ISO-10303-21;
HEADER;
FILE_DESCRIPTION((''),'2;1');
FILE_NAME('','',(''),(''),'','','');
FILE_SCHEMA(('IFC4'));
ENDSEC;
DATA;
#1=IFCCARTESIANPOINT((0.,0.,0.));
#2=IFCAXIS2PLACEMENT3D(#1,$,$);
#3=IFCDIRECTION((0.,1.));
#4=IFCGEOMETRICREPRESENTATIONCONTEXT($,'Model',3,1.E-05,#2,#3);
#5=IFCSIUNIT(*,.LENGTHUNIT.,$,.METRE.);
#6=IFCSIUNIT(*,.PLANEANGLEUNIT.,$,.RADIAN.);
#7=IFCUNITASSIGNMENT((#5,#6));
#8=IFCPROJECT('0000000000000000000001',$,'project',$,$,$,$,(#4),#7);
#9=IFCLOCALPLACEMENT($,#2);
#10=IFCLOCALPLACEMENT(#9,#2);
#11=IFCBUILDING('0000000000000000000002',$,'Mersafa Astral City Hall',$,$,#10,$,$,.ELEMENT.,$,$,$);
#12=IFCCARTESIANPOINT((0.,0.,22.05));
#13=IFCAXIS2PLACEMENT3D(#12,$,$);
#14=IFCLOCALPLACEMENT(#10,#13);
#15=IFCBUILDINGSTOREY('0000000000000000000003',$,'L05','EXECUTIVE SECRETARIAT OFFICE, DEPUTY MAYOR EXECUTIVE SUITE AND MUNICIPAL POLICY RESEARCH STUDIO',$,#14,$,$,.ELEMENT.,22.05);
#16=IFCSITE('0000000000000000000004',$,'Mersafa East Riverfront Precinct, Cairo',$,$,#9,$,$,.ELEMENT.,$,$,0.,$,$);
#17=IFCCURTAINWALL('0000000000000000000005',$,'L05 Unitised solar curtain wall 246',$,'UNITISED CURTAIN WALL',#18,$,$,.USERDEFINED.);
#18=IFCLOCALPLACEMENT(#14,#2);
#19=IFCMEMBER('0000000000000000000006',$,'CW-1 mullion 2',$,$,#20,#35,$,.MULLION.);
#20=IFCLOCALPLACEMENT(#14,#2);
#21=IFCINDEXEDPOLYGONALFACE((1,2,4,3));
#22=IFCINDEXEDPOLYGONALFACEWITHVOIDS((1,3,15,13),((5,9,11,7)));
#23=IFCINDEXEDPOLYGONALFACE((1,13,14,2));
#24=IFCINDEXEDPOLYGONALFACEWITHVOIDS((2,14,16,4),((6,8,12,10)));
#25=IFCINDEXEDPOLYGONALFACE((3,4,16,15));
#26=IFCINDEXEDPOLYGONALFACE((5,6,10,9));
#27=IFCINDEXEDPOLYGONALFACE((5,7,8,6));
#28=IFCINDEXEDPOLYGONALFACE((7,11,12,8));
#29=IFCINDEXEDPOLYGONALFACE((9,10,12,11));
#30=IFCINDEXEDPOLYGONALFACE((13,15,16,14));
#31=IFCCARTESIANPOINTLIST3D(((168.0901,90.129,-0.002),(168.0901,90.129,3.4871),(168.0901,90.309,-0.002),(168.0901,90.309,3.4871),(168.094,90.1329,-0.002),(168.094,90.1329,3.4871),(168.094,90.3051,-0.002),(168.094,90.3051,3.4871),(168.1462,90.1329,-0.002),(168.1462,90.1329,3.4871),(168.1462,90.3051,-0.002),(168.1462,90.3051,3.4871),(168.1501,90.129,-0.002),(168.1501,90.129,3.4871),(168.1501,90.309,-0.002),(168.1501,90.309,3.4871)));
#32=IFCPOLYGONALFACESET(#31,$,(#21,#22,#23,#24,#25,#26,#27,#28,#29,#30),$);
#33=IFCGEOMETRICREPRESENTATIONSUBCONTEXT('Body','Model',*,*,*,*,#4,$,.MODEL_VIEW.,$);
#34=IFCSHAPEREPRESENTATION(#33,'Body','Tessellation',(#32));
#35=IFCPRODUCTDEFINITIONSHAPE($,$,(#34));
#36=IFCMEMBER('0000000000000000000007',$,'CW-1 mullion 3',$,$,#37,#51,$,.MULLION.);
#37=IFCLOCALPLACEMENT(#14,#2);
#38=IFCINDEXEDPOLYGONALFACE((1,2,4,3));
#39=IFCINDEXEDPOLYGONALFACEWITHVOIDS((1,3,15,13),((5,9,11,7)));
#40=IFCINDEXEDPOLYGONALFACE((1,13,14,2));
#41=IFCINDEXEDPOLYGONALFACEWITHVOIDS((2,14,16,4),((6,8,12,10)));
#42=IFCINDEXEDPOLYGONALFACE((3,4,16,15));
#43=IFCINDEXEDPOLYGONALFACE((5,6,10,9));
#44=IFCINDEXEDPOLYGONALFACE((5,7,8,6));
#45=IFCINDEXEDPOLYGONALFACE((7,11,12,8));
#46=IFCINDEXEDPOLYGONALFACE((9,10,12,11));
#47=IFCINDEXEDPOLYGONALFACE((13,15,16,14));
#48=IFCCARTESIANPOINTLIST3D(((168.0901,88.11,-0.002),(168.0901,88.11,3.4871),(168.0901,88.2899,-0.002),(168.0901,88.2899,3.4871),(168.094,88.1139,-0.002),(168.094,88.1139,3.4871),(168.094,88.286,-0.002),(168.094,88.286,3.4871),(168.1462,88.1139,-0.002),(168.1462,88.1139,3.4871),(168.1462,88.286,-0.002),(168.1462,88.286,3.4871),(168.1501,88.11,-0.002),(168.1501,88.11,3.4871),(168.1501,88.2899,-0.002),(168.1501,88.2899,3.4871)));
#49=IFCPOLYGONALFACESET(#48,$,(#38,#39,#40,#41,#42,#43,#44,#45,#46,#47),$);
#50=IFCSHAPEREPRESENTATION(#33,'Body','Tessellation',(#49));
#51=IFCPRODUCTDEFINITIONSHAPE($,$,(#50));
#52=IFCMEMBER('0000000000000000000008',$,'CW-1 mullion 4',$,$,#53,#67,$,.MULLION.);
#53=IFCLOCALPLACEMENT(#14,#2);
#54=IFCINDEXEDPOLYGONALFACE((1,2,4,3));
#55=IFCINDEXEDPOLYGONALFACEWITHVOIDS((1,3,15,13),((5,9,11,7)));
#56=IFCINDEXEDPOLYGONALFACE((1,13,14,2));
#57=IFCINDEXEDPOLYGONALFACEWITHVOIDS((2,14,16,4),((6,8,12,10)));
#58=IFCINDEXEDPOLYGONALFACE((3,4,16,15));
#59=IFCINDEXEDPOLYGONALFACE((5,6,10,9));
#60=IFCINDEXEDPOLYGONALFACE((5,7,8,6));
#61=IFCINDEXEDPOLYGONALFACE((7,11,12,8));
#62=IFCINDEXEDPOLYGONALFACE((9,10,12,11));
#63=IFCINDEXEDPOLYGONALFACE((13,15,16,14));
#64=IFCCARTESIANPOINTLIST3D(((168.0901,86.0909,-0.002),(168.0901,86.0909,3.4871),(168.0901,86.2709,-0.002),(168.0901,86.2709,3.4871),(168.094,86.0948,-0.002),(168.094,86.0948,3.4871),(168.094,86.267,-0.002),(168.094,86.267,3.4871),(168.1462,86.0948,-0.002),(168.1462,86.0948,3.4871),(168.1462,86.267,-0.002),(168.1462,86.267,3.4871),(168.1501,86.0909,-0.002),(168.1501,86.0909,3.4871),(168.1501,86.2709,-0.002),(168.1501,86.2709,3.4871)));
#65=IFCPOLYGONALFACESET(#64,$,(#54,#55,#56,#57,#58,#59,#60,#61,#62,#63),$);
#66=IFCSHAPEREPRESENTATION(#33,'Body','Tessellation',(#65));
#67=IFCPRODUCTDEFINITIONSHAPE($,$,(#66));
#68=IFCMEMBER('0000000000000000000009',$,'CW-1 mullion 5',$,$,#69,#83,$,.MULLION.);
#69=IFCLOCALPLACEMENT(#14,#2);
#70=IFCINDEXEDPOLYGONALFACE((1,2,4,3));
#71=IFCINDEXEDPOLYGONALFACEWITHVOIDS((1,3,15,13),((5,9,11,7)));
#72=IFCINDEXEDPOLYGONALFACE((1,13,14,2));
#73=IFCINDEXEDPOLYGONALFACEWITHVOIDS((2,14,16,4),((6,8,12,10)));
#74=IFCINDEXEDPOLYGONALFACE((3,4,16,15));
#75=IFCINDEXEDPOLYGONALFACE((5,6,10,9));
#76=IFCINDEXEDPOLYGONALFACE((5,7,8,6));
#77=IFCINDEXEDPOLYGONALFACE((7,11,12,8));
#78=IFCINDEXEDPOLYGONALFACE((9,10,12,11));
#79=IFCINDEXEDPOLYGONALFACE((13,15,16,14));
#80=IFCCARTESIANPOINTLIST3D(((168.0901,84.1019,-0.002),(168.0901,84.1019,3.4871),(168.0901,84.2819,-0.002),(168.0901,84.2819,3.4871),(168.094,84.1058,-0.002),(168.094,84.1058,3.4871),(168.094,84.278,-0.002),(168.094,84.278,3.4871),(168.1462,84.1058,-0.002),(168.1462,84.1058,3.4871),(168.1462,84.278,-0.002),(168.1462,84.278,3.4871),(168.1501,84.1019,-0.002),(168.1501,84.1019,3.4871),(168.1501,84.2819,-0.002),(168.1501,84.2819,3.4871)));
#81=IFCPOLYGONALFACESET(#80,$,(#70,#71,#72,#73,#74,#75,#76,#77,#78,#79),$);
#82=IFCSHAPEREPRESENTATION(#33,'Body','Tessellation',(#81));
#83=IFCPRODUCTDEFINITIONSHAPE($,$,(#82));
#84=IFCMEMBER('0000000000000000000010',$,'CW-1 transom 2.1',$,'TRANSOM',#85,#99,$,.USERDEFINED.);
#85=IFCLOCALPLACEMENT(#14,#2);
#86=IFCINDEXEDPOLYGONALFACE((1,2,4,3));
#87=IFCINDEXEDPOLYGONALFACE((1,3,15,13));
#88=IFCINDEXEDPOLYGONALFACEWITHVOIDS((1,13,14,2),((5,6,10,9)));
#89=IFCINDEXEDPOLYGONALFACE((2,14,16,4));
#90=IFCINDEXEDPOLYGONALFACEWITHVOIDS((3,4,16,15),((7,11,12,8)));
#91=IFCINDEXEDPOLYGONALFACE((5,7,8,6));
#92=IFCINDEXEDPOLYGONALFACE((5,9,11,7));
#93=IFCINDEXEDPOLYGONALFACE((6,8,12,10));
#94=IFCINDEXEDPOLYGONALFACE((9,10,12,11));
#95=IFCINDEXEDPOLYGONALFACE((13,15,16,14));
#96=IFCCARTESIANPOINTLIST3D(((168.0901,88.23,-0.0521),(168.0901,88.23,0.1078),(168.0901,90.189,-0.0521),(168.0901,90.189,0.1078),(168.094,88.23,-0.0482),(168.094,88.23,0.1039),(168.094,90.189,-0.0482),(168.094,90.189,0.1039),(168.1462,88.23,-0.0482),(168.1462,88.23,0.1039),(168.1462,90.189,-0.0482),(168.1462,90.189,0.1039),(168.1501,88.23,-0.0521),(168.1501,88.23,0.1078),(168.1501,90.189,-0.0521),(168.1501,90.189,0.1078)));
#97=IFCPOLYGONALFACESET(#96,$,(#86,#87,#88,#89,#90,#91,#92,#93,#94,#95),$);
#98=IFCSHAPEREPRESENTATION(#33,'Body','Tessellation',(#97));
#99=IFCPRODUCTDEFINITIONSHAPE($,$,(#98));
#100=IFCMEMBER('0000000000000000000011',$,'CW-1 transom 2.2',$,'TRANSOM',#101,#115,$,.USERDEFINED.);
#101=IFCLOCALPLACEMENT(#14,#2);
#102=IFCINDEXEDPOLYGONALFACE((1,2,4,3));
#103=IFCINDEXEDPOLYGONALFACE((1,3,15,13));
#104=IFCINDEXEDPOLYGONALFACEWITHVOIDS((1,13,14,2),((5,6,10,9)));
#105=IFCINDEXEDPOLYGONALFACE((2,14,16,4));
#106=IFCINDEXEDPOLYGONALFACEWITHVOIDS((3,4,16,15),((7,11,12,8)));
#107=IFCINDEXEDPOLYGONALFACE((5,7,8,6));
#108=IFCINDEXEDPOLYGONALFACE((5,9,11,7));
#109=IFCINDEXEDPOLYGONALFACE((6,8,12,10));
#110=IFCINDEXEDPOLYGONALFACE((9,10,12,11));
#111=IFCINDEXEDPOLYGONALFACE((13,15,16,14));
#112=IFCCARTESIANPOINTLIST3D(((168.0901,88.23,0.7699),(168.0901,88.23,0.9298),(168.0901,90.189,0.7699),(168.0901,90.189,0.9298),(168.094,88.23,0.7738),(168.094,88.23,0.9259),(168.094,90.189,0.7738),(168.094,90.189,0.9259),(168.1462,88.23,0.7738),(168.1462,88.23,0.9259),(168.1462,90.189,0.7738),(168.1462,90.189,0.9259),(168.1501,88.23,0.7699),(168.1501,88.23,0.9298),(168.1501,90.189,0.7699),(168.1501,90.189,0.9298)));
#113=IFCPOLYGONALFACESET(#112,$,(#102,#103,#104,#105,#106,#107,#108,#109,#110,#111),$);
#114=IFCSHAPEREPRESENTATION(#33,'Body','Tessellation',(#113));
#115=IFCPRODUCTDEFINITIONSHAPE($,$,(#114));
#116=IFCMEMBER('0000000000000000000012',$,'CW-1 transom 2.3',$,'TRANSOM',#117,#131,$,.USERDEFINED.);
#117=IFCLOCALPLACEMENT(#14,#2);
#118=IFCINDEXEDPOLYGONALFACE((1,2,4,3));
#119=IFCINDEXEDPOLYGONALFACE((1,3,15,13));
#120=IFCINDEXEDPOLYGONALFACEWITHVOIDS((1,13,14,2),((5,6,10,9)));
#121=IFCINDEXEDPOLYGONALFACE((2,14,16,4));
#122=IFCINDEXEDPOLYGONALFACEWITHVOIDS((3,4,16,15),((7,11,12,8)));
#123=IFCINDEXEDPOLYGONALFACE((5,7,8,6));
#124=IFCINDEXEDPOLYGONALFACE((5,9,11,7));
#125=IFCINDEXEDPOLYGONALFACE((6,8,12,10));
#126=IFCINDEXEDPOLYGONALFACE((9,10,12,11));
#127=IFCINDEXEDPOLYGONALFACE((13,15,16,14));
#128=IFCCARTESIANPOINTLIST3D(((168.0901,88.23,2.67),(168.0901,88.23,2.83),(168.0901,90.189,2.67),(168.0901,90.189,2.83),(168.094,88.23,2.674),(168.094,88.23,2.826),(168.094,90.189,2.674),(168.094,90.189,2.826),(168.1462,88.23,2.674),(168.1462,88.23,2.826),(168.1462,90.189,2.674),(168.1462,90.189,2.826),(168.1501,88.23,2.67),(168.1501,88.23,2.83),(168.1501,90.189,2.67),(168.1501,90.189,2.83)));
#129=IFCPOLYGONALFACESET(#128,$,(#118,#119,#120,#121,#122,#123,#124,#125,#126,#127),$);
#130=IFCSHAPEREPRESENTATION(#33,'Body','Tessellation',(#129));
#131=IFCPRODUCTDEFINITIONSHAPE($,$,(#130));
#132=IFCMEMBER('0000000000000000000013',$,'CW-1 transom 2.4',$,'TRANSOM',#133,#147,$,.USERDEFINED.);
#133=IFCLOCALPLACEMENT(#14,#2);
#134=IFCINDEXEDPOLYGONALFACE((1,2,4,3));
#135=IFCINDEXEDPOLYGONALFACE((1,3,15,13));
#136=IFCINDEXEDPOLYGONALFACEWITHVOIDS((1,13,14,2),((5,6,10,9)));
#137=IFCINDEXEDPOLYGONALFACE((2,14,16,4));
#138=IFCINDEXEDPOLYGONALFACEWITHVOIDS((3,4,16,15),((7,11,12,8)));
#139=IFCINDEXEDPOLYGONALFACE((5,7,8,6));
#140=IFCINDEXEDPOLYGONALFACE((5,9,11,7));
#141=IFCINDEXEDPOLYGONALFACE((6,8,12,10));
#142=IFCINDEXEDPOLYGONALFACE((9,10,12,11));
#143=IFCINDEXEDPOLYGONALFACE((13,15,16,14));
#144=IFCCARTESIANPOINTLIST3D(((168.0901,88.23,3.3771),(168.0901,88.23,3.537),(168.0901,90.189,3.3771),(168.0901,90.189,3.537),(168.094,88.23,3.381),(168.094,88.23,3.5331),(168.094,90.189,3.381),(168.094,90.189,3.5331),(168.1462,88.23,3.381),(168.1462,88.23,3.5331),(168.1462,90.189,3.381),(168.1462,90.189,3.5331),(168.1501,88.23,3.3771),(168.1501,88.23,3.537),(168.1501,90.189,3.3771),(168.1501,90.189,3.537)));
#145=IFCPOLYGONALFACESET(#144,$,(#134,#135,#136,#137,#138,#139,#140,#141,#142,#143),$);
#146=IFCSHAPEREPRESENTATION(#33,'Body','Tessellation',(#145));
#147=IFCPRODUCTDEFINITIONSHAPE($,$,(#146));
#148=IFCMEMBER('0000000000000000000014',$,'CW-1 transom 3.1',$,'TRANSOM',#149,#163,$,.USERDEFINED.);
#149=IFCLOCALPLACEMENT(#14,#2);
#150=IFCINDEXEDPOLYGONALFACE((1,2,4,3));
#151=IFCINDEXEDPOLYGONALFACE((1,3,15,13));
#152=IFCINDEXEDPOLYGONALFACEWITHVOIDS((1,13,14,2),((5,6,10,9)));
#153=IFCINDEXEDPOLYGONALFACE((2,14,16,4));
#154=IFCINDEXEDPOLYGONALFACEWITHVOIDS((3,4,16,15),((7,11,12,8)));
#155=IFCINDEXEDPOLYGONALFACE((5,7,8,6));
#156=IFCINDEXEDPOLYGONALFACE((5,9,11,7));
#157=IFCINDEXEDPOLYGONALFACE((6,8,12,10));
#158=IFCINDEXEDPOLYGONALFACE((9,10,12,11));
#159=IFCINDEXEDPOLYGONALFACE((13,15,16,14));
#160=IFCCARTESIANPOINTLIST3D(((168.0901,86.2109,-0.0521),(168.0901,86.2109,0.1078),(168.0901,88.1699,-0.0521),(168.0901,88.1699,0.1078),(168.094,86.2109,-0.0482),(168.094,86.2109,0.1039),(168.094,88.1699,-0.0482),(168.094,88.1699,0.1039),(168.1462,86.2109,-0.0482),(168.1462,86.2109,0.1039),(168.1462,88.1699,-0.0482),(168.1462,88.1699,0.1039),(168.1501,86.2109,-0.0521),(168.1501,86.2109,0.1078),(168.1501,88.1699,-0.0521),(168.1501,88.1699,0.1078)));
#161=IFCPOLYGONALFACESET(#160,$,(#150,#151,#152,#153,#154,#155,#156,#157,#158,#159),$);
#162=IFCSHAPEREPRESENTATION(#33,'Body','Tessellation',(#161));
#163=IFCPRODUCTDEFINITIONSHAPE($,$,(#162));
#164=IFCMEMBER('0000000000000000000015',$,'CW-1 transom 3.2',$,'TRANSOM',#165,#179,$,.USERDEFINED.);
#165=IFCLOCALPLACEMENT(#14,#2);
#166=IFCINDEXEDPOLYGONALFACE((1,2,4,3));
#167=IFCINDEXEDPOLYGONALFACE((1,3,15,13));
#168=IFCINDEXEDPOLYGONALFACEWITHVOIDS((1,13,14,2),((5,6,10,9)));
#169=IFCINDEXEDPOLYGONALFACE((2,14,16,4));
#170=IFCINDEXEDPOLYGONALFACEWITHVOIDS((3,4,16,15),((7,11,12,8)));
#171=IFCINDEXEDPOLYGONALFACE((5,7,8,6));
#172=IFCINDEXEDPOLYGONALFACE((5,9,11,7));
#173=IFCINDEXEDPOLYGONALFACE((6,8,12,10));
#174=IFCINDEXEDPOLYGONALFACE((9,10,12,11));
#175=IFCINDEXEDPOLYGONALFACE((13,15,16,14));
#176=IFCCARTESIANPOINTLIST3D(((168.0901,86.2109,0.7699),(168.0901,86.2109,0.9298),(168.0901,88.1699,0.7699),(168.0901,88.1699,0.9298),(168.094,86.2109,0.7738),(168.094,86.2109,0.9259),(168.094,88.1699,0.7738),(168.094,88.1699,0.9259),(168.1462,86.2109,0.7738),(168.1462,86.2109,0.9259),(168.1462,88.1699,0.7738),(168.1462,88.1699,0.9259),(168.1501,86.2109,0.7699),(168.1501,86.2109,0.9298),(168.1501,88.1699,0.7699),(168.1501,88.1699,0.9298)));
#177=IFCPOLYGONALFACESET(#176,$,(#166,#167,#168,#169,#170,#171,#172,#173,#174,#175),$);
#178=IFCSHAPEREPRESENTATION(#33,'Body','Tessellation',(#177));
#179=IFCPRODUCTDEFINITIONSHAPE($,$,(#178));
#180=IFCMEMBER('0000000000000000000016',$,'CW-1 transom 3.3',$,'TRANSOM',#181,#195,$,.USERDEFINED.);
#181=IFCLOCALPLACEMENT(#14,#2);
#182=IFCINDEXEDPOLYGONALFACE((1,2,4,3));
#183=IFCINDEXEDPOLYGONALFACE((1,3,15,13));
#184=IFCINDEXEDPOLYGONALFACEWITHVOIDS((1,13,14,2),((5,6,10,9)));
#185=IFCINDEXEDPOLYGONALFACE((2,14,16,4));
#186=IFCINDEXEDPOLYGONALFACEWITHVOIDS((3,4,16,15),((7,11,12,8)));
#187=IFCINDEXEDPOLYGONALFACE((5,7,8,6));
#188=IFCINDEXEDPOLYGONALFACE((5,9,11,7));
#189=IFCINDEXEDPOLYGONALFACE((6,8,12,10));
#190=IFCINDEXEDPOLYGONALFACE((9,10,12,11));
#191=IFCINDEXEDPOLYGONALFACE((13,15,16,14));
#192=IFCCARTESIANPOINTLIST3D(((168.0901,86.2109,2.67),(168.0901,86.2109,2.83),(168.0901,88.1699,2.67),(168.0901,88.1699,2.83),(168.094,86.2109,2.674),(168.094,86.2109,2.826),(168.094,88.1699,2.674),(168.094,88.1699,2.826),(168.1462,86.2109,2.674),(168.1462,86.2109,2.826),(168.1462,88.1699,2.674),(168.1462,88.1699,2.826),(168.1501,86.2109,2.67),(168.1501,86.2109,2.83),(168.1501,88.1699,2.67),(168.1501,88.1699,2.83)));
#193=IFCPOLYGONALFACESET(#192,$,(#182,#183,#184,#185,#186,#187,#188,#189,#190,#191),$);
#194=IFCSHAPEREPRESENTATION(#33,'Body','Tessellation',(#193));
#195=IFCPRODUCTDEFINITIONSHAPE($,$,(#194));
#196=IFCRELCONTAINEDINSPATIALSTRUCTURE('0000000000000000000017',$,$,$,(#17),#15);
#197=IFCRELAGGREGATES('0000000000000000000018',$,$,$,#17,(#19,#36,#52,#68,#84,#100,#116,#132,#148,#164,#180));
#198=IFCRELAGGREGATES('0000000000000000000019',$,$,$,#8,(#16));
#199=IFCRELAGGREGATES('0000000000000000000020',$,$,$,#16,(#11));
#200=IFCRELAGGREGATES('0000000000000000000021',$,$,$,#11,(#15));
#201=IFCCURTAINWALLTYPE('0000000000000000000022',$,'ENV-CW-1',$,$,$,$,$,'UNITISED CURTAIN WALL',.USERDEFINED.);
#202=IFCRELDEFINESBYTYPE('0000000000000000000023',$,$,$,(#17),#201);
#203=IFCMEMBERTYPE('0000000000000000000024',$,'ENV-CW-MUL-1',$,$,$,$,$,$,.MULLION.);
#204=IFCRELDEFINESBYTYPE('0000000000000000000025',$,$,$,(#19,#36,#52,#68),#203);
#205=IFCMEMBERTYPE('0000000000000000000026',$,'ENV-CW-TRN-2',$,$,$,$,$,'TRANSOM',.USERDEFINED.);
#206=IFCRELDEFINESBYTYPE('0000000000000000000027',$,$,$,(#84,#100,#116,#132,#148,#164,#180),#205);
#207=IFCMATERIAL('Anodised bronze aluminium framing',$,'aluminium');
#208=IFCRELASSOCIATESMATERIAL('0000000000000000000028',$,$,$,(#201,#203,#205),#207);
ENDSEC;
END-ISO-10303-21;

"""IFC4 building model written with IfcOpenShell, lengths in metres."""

from ifc_helpers import new_model, si_unit, direction, frame, origin, origin_2d, place, context, subcontext, project, spatial, hollow_rectangle, extrude, material, material_profile, profile_set, type_object, element, aggregate, save


model = new_model("IFC4")

# Units and contexts
model_context = context("Model", 3, precision=1e-05, world=origin(), true_north=direction((0.0, 1.0)))
body_context = subcontext(model_context, "Body", "Model", "MODEL_VIEW")
ifc_project = project(units=[si_unit("LENGTHUNIT", "METRE"), si_unit("PLANEANGLEUNIT", "RADIAN")], contexts=[model_context])

# Site, building, storey
site_placement = place(None, origin())
site = spatial("IfcSite", under=ifc_project, at=site_placement, Name="Mersafa East Riverfront Precinct, Cairo", CompositionType="ELEMENT", RefElevation=0.0)
building_placement = place(site_placement, origin())
building = spatial("IfcBuilding", under=site, at=building_placement, Name="Mersafa Astral City Hall", CompositionType="ELEMENT")
storey_placement = place(building_placement, frame((0.0, 0.0, 22.05)))
storey = spatial("IfcBuildingStorey", under=building, at=storey_placement, Name="L05", Description="EXECUTIVE SECRETARIAT OFFICE, DEPUTY MAYOR EXECUTIVE SUITE AND MUNICIPAL POLICY RESEARCH STUDIO", CompositionType="ELEMENT", Elevation=22.05)

# Curtain wall, members
ifc_material_1 = material(Name="Anodised bronze aluminium framing", Category="aluminium")
curtain_wall_type = type_object("IfcCurtainWallType", Name="ENV-CW-1", ElementType="UNITISED CURTAIN WALL", PredefinedType="USERDEFINED", material=ifc_material_1)
curtain_wall_placement = place(storey_placement, origin())
curtain_wall = element("IfcCurtainWall", 1, at=curtain_wall_placement, inside=storey, type_object=curtain_wall_type, Name="L05 Unitised solar curtain wall 246", ObjectType="UNITISED CURTAIN WALL", PredefinedType="USERDEFINED")
ifc_material_profile_1 = material_profile(ifc_material_1, hollow_rectangle(XDim=0.0601, YDim=0.1799, WallThickness=0.0039, at=origin_2d()), Name="RHS 60x180x4")
ifc_profile_set_1 = profile_set([ifc_material_profile_1], Name="Anodised bronze aluminium framing")
member_type_1 = type_object("IfcMemberType", Name="ENV-CW-MUL-1", PredefinedType="MULLION", material=ifc_profile_set_1)
member_1_placement = place(storey_placement, frame((168.1201, 90.219, -0.002), z_axis=(0.0, 0.0, 1.0), x_axis=(1.0, 0.0, 0.0)))
member_1 = element("IfcMember", 2, at=member_1_placement, type_object=member_type_1, Name="CW-1 mullion 2", PredefinedType="MULLION", context=body_context, shape_type="SweptSolid", body=[
    extrude(hollow_rectangle(XDim=0.0601, YDim=0.1799, WallThickness=0.0039, at=origin_2d()), origin(), (0.0, 0.0, 1.0), 3.489),
])
member_2_placement = place(storey_placement, frame((168.1201, 88.2, -0.002), z_axis=(0.0, 0.0, 1.0), x_axis=(1.0, 0.0, 0.0)))
member_2 = element("IfcMember", 3, at=member_2_placement, type_object=member_type_1, Name="CW-1 mullion 3", PredefinedType="MULLION", context=body_context, shape_type="SweptSolid", body=[
    extrude(hollow_rectangle(XDim=0.0601, YDim=0.1799, WallThickness=0.0039, at=origin_2d()), origin(), (0.0, 0.0, 1.0), 3.489),
])
member_3_placement = place(storey_placement, frame((168.1201, 86.1809, -0.002), z_axis=(0.0, 0.0, 1.0), x_axis=(1.0, 0.0, 0.0)))
member_3 = element("IfcMember", 4, at=member_3_placement, type_object=member_type_1, Name="CW-1 mullion 4", PredefinedType="MULLION", context=body_context, shape_type="SweptSolid", body=[
    extrude(hollow_rectangle(XDim=0.0601, YDim=0.1799, WallThickness=0.0039, at=origin_2d()), origin(), (0.0, 0.0, 1.0), 3.489),
])
member_4_placement = place(storey_placement, frame((168.1201, 84.1919, -0.002), z_axis=(0.0, 0.0, 1.0), x_axis=(1.0, 0.0, 0.0)))
member_4 = element("IfcMember", 5, at=member_4_placement, type_object=member_type_1, Name="CW-1 mullion 5", PredefinedType="MULLION", context=body_context, shape_type="SweptSolid", body=[
    extrude(hollow_rectangle(XDim=0.0601, YDim=0.1799, WallThickness=0.0039, at=origin_2d()), origin(), (0.0, 0.0, 1.0), 3.489),
])
ifc_material_profile_2 = material_profile(ifc_material_1, hollow_rectangle(XDim=0.0601, YDim=0.1599, WallThickness=0.0039, at=origin_2d()), Name="RHS 60x160x4")
ifc_profile_set_2 = profile_set([ifc_material_profile_2], Name="Anodised bronze aluminium framing")
member_type_2 = type_object("IfcMemberType", Name="ENV-CW-TRN-2", ElementType="TRANSOM", PredefinedType="USERDEFINED", material=ifc_profile_set_2)
member_5_placement = place(storey_placement, frame((168.1201, 90.189, 0.0278), z_axis=(0.0, -1.0, 0.0), x_axis=(1.0, 0.0, 0.0)))
member_5 = element("IfcMember", 6, at=member_5_placement, type_object=member_type_2, Name="CW-1 transom 2.1", ObjectType="TRANSOM", PredefinedType="USERDEFINED", context=body_context, shape_type="SweptSolid", body=[
    extrude(hollow_rectangle(XDim=0.0601, YDim=0.1599, WallThickness=0.0039, at=origin_2d()), origin(), (0.0, 0.0, 1.0), 1.959),
])
member_6_placement = place(storey_placement, frame((168.1201, 90.189, 0.8499), z_axis=(0.0, -1.0, 0.0), x_axis=(1.0, 0.0, 0.0)))
member_6 = element("IfcMember", 7, at=member_6_placement, type_object=member_type_2, Name="CW-1 transom 2.2", ObjectType="TRANSOM", PredefinedType="USERDEFINED", context=body_context, shape_type="SweptSolid", body=[
    extrude(hollow_rectangle(XDim=0.0601, YDim=0.1599, WallThickness=0.0039, at=origin_2d()), origin(), (0.0, 0.0, 1.0), 1.959),
])
member_7_placement = place(storey_placement, frame((168.1201, 90.189, 2.75), z_axis=(0.0, -1.0, 0.0), x_axis=(1.0, 0.0, 0.0)))
member_7 = element("IfcMember", 8, at=member_7_placement, type_object=member_type_2, Name="CW-1 transom 2.3", ObjectType="TRANSOM", PredefinedType="USERDEFINED", context=body_context, shape_type="SweptSolid", body=[
    extrude(hollow_rectangle(XDim=0.0601, YDim=0.1599, WallThickness=0.0039, at=origin_2d()), origin(), (0.0, 0.0, 1.0), 1.959),
])
member_8_placement = place(storey_placement, frame((168.1201, 90.189, 3.457), z_axis=(0.0, -1.0, 0.0), x_axis=(1.0, 0.0, 0.0)))
member_8 = element("IfcMember", 9, at=member_8_placement, type_object=member_type_2, Name="CW-1 transom 2.4", ObjectType="TRANSOM", PredefinedType="USERDEFINED", context=body_context, shape_type="SweptSolid", body=[
    extrude(hollow_rectangle(XDim=0.0601, YDim=0.1599, WallThickness=0.0039, at=origin_2d()), origin(), (0.0, 0.0, 1.0), 1.959),
])
member_9_placement = place(storey_placement, frame((168.1201, 88.1699, 0.0278), z_axis=(0.0, -1.0, 0.0), x_axis=(1.0, 0.0, 0.0)))
member_9 = element("IfcMember", 10, at=member_9_placement, type_object=member_type_2, Name="CW-1 transom 3.1", ObjectType="TRANSOM", PredefinedType="USERDEFINED", context=body_context, shape_type="SweptSolid", body=[
    extrude(hollow_rectangle(XDim=0.0601, YDim=0.1599, WallThickness=0.0039, at=origin_2d()), origin(), (0.0, 0.0, 1.0), 1.959),
])
member_10_placement = place(storey_placement, frame((168.1201, 88.1699, 0.8499), z_axis=(0.0, -1.0, 0.0), x_axis=(1.0, 0.0, 0.0)))
member_10 = element("IfcMember", 11, at=member_10_placement, type_object=member_type_2, Name="CW-1 transom 3.2", ObjectType="TRANSOM", PredefinedType="USERDEFINED", context=body_context, shape_type="SweptSolid", body=[
    extrude(hollow_rectangle(XDim=0.0601, YDim=0.1599, WallThickness=0.0039, at=origin_2d()), origin(), (0.0, 0.0, 1.0), 1.959),
])
member_11_placement = place(storey_placement, frame((168.1201, 88.1699, 2.75), z_axis=(0.0, -1.0, 0.0), x_axis=(1.0, 0.0, 0.0)))
member_11 = element("IfcMember", 12, at=member_11_placement, type_object=member_type_2, Name="CW-1 transom 3.3", ObjectType="TRANSOM", PredefinedType="USERDEFINED", context=body_context, shape_type="SweptSolid", body=[
    extrude(hollow_rectangle(XDim=0.0601, YDim=0.1599, WallThickness=0.0039, at=origin_2d()), origin(), (0.0, 0.0, 1.0), 1.959),
])
aggregate(curtain_wall, [member_1, member_2, member_3, member_4, member_5, member_6, member_7, member_8, member_9, member_10, member_11])

save(model, "model.ifc")
